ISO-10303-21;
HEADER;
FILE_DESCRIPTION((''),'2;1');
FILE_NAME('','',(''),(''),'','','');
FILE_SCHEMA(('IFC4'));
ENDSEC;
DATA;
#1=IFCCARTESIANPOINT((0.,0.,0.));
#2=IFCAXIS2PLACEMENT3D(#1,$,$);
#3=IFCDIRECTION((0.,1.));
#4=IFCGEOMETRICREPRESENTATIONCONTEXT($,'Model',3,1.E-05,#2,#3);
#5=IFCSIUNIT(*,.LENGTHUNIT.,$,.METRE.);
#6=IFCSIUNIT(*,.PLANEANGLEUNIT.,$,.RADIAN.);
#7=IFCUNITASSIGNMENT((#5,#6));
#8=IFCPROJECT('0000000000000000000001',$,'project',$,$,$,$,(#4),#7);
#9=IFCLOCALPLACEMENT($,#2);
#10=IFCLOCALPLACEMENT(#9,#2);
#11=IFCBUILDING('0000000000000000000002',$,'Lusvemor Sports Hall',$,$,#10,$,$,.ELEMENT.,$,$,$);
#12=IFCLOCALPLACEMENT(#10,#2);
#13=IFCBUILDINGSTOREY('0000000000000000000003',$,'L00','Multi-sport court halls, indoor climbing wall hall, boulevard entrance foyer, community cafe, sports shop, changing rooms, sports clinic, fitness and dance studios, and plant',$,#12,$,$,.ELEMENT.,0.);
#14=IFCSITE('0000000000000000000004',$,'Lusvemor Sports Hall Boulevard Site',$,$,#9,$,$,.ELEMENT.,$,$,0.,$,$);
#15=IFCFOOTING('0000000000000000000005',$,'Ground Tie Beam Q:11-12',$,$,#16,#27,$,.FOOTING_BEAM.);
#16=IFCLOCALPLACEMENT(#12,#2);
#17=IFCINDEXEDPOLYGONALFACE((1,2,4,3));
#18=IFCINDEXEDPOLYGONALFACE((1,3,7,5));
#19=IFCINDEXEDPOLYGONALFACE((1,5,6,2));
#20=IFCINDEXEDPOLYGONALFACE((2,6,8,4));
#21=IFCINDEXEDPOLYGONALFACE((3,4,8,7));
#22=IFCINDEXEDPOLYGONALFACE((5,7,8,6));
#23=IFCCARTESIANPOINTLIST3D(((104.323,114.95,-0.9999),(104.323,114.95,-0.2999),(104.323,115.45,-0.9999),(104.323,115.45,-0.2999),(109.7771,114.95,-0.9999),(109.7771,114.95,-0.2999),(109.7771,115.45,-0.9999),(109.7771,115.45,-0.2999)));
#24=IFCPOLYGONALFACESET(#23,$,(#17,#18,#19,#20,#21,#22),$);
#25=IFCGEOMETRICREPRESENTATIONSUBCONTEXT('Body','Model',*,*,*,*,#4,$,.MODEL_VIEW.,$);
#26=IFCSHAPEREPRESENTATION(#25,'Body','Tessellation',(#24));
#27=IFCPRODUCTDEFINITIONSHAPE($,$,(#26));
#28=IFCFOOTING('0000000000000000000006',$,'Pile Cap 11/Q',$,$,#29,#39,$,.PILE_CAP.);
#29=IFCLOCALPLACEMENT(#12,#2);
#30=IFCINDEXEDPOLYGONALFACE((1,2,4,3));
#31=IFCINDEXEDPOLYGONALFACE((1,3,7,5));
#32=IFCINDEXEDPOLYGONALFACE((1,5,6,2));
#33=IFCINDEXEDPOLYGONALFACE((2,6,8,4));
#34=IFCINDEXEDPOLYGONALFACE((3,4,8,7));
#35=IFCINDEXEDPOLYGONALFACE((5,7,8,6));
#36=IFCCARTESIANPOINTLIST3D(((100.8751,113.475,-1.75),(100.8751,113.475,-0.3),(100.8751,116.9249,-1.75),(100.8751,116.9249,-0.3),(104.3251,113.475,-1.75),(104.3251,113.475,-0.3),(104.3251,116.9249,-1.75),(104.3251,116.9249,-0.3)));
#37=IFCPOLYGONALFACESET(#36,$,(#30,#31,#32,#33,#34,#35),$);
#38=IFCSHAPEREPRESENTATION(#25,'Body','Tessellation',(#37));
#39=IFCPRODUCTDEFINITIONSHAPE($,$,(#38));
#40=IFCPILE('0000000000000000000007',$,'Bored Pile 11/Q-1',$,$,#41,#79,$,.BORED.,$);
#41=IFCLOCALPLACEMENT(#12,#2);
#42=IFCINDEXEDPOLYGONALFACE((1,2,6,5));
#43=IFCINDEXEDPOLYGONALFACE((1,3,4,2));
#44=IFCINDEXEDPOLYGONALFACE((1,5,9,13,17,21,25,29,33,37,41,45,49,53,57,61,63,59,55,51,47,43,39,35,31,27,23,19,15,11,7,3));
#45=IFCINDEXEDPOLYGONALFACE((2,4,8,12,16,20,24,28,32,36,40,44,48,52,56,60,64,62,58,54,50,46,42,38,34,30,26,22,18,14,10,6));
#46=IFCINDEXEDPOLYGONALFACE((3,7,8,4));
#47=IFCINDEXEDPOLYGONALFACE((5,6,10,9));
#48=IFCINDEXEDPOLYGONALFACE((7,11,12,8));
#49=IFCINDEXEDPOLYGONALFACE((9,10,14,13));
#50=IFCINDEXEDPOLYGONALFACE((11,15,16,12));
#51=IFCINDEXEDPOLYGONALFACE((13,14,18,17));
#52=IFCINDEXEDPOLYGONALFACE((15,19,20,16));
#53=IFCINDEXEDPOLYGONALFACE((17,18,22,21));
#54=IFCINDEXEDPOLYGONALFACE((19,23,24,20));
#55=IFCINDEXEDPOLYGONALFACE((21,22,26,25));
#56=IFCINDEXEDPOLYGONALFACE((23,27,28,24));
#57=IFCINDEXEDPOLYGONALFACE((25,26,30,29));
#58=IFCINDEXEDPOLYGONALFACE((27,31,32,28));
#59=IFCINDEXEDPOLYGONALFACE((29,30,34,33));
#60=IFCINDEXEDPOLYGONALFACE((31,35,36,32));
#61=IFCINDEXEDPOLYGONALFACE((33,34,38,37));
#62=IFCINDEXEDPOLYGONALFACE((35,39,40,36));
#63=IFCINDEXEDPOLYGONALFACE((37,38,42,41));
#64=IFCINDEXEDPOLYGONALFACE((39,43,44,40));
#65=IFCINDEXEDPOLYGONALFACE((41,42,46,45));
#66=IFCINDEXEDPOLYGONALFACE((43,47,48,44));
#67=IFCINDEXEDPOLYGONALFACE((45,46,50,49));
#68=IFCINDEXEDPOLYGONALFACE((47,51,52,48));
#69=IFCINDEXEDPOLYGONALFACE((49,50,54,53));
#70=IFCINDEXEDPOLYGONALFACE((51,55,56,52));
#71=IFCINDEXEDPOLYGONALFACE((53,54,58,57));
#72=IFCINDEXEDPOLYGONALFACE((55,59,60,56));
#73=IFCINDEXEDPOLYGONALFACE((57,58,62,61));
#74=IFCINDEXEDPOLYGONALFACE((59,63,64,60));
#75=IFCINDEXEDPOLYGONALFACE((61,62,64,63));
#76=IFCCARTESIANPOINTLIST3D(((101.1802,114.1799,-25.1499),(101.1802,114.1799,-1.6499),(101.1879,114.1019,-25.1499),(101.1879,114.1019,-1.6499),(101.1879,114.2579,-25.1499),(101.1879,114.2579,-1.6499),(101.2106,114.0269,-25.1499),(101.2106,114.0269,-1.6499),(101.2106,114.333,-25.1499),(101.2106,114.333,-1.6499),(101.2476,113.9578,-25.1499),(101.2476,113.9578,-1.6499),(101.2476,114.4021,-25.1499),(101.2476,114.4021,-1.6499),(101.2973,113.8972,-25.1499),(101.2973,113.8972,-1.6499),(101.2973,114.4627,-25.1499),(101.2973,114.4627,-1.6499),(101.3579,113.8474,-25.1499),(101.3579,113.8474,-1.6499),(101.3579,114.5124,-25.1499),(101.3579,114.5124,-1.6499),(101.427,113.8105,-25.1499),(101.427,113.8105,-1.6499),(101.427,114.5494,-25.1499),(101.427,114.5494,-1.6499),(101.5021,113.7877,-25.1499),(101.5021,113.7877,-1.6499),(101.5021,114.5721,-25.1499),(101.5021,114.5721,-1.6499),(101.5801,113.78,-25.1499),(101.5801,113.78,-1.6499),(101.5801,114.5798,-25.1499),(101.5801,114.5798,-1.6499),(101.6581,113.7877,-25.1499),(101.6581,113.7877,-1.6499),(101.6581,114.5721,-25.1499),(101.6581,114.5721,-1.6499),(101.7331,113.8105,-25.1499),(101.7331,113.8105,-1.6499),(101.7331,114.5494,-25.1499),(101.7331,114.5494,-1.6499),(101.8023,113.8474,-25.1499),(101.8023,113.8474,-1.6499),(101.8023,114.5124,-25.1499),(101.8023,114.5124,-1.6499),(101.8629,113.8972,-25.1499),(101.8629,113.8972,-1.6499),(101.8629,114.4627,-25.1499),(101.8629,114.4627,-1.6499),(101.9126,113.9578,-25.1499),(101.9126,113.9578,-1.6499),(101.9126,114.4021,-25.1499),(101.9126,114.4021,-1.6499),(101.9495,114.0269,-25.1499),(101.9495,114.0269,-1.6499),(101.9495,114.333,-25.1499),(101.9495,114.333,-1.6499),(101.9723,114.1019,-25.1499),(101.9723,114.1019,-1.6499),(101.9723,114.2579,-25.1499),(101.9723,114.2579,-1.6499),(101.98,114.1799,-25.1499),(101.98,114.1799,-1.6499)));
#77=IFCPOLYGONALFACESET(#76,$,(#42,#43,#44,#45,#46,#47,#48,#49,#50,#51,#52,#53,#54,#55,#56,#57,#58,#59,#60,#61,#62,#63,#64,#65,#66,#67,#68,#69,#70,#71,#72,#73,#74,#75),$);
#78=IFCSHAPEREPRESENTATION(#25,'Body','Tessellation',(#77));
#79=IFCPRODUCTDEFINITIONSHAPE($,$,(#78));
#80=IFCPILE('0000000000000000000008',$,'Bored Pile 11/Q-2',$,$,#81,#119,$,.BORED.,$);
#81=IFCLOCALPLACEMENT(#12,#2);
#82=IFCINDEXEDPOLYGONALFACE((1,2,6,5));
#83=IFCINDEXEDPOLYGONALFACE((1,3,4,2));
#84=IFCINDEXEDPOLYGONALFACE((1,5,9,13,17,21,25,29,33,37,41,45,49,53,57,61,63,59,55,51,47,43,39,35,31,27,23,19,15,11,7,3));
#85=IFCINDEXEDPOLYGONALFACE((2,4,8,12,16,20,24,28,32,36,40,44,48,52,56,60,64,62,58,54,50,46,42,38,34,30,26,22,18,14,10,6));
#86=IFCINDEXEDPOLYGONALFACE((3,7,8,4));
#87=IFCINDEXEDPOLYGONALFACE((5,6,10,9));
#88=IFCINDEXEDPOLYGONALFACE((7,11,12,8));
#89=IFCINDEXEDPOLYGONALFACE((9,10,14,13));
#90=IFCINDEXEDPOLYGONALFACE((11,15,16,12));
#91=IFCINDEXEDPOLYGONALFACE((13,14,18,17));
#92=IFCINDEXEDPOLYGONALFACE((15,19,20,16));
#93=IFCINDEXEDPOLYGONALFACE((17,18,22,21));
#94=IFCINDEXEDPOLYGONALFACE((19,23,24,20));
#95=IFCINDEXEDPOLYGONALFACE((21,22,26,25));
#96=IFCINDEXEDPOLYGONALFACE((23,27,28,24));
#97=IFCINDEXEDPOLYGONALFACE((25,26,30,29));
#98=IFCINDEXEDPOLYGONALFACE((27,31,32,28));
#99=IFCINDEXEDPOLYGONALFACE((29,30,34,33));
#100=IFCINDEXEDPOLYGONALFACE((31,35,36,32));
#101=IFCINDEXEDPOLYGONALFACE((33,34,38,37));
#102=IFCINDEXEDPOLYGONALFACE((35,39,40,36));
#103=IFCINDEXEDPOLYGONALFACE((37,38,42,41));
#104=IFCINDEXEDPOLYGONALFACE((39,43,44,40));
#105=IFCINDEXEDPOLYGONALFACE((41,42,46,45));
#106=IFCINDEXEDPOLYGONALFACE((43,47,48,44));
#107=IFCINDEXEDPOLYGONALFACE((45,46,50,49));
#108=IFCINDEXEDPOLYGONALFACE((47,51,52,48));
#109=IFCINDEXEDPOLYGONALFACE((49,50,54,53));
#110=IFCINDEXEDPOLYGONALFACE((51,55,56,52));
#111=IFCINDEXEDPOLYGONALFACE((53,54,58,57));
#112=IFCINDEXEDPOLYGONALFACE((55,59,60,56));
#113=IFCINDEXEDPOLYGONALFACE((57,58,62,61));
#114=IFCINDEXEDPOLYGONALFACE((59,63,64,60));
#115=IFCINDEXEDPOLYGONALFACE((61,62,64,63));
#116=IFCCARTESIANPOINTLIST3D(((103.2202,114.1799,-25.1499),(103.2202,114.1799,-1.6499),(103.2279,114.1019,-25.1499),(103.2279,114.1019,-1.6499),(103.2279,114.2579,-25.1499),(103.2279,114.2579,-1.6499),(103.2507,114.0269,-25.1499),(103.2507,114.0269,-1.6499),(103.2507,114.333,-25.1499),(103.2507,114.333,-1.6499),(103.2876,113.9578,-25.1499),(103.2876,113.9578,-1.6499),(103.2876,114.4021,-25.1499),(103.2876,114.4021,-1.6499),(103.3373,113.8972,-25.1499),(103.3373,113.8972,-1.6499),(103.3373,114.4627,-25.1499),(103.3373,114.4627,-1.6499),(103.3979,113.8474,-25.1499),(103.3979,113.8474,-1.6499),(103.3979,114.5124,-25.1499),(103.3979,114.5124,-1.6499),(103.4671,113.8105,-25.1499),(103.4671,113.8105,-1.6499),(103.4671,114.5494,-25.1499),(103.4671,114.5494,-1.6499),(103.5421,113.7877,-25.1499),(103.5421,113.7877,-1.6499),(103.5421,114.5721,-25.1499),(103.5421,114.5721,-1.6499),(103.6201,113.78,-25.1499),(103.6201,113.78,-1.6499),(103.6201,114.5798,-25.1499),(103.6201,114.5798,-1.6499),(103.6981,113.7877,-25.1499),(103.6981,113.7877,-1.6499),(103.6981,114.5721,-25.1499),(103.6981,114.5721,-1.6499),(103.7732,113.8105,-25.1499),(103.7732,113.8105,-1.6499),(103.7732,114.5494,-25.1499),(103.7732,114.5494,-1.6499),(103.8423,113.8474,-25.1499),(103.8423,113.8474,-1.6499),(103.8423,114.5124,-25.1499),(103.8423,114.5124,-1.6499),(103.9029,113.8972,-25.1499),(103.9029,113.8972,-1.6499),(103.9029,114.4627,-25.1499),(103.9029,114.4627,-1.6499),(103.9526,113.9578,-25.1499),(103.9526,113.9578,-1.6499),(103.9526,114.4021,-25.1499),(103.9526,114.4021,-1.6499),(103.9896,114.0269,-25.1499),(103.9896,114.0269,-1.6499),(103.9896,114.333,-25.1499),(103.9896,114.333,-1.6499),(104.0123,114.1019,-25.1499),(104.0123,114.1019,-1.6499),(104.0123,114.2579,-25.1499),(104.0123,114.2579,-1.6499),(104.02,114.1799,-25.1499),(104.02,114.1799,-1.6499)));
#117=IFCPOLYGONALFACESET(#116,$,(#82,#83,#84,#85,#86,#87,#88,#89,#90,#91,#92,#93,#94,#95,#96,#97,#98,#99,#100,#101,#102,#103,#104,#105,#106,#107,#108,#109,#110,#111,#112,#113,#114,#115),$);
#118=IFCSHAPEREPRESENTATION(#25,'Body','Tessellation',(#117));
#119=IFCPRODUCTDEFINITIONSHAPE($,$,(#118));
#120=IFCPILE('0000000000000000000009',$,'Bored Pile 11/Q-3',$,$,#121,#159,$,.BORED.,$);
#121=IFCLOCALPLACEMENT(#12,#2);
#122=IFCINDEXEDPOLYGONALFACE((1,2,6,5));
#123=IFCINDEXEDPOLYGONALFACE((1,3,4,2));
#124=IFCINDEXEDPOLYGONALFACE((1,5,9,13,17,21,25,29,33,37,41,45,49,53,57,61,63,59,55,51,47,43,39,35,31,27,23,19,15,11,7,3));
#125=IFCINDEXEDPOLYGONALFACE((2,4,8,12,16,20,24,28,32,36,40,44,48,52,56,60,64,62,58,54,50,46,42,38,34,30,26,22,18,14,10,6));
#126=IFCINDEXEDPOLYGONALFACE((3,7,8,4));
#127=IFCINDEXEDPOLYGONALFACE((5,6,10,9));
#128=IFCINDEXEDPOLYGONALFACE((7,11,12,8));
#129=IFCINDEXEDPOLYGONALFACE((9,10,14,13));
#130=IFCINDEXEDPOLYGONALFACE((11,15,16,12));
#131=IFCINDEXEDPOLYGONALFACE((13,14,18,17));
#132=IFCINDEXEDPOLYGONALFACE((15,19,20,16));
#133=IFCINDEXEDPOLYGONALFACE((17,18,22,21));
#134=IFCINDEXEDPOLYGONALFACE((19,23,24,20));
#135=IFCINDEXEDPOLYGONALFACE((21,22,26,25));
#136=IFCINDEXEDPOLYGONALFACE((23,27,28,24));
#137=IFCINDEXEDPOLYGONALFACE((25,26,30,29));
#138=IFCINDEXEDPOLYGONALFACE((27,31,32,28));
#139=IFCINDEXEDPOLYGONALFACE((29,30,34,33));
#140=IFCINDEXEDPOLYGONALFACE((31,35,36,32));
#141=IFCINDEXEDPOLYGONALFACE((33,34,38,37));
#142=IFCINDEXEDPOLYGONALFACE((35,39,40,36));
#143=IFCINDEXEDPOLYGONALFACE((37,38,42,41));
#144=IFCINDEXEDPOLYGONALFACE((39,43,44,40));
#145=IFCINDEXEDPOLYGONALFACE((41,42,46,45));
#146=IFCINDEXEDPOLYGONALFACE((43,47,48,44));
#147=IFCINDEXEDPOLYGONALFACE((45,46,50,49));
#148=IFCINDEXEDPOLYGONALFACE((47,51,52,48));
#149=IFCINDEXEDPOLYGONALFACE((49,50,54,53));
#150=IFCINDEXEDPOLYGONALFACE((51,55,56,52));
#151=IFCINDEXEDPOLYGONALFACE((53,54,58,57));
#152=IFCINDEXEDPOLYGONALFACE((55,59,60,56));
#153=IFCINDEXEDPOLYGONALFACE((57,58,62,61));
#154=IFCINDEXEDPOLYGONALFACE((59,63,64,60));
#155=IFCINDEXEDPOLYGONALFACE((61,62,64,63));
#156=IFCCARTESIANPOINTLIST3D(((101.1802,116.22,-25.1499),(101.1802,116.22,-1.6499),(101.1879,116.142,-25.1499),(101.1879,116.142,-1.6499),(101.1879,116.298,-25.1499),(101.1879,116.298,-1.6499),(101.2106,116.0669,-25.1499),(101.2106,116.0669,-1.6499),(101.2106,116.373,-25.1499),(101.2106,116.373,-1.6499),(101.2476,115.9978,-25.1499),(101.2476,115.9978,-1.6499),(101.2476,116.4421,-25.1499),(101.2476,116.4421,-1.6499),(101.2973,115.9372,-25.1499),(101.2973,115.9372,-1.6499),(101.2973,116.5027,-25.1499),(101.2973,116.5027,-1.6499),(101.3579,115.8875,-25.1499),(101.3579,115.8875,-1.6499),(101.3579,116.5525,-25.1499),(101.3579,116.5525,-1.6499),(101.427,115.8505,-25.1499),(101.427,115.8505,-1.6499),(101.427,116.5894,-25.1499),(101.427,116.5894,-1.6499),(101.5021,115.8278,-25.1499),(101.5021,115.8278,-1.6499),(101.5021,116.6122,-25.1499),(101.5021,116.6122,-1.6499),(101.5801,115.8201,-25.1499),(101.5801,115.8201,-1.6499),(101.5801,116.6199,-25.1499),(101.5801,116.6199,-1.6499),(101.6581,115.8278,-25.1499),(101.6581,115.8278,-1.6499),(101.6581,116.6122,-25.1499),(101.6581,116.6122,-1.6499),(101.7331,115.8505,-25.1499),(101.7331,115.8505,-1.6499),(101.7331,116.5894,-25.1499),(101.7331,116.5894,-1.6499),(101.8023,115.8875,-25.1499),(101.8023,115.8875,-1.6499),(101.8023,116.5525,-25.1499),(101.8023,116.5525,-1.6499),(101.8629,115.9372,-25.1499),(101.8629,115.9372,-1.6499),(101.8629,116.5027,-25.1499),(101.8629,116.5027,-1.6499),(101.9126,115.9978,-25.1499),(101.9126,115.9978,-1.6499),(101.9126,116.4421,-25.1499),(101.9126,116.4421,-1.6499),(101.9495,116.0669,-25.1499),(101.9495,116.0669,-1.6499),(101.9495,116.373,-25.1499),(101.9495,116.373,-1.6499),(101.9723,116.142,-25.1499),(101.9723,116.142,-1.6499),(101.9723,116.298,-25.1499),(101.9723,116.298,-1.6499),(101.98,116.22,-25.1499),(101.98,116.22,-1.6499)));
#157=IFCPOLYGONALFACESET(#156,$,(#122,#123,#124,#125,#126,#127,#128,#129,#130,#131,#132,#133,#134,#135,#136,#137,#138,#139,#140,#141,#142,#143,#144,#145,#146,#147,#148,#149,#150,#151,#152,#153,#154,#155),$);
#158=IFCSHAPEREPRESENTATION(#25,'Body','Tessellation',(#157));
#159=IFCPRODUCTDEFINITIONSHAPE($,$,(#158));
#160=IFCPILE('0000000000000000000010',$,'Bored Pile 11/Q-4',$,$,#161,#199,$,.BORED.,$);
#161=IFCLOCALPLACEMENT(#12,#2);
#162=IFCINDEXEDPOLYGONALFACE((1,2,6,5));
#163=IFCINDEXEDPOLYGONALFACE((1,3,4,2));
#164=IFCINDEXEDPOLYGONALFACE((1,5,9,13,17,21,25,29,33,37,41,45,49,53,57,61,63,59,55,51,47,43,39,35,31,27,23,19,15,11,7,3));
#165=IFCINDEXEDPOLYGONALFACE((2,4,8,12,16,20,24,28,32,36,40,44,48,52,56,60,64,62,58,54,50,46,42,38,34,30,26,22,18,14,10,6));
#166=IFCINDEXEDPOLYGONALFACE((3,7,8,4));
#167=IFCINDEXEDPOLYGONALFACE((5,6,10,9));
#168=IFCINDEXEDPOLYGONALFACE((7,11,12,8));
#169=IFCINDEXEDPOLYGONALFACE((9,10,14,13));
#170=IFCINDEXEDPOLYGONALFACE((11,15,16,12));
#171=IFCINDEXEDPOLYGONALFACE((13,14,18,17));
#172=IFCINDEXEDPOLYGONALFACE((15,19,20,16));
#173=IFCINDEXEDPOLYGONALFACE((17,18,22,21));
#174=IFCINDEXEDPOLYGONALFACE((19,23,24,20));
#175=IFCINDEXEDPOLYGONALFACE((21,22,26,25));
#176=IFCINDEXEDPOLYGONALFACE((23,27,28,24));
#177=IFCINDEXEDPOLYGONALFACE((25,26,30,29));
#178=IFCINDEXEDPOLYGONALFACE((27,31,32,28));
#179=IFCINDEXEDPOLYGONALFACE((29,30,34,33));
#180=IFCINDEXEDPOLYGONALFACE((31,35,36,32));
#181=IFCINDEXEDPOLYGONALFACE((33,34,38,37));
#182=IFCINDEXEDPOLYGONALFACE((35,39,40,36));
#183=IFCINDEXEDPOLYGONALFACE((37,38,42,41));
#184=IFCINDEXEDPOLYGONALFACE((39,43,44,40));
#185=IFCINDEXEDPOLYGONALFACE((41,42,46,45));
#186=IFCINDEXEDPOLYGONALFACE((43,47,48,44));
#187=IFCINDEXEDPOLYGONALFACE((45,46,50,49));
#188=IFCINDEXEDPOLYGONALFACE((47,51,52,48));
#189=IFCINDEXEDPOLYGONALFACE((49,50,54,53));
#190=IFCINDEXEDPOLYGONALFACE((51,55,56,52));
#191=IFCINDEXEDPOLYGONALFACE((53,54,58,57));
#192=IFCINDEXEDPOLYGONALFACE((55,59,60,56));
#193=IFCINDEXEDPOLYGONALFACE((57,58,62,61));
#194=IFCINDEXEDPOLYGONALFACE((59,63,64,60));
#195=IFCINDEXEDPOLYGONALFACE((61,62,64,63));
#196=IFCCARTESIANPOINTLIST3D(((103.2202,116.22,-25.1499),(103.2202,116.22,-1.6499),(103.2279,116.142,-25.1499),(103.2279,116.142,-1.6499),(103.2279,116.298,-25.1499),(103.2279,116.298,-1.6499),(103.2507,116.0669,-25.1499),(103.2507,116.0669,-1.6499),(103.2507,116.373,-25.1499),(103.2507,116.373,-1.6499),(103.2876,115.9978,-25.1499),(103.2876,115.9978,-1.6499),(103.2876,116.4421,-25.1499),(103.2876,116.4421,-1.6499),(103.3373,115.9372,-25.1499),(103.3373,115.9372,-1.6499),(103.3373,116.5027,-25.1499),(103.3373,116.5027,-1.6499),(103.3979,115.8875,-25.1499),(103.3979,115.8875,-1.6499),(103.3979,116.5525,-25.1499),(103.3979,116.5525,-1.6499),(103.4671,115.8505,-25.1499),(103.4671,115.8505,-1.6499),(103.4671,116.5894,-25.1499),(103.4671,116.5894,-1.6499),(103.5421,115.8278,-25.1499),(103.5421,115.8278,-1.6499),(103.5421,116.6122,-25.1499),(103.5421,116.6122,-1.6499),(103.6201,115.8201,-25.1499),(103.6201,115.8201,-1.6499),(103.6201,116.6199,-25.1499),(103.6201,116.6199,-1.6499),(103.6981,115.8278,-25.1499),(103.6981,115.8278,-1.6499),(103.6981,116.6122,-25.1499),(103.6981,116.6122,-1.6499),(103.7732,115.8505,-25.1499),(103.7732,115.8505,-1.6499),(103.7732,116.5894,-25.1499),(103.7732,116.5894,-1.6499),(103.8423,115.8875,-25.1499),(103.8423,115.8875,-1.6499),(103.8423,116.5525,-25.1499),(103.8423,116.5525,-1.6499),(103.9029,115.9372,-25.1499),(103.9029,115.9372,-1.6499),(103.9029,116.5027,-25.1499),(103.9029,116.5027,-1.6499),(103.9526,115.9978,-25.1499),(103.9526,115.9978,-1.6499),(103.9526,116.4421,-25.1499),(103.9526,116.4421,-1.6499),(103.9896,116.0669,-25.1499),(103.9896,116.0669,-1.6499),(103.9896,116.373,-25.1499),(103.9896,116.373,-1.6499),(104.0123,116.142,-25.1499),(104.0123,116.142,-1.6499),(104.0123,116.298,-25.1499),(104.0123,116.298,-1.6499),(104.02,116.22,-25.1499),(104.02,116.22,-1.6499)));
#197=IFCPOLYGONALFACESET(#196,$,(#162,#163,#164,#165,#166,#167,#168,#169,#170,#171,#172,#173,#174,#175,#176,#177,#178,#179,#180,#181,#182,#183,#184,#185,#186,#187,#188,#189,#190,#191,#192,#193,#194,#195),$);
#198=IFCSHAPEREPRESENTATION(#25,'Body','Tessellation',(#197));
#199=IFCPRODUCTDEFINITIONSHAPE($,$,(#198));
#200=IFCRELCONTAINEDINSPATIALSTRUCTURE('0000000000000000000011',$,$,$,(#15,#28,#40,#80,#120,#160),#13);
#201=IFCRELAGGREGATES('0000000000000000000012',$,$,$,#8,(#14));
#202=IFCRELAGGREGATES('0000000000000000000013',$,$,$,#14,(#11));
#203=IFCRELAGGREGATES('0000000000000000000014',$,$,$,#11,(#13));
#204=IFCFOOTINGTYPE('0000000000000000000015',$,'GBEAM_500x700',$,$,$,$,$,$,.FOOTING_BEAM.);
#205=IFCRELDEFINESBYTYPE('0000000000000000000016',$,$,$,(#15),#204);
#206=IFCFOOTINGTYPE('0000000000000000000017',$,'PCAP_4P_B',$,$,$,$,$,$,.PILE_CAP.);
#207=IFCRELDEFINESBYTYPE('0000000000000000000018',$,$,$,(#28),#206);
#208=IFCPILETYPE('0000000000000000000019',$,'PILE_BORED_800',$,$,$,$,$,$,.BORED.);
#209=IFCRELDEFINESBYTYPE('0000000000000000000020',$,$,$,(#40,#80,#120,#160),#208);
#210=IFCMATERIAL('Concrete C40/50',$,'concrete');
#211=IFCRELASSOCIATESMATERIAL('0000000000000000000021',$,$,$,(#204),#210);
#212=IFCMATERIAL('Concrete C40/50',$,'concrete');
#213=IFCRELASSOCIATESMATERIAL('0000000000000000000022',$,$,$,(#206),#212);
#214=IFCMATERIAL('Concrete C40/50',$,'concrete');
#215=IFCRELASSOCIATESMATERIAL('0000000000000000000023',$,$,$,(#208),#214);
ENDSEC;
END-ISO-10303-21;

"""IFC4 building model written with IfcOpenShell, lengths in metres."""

from ifc_helpers import new_model, si_unit, direction, frame, origin, origin_2d, place, context, subcontext, project, spatial, rectangle, circle, extrude, material, material_profile, profile_set, type_object, element, save


model = new_model("IFC4")

# Units and contexts
model_context = context("Model", 3, precision=1e-05, world=origin(), true_north=direction((0.0, 1.0)))
body_context = subcontext(model_context, "Body", "Model", "MODEL_VIEW")
ifc_project = project(units=[si_unit("LENGTHUNIT", "METRE"), si_unit("PLANEANGLEUNIT", "RADIAN")], contexts=[model_context])

# Site, building, storey
site_placement = place(None, origin())
site = spatial("IfcSite", under=ifc_project, at=site_placement, Name="Lusvemor Sports Hall Boulevard Site", CompositionType="ELEMENT", RefElevation=0.0)
building_placement = place(site_placement, origin())
building = spatial("IfcBuilding", under=site, at=building_placement, Name="Lusvemor Sports Hall", CompositionType="ELEMENT")
storey_placement = place(building_placement, origin())
storey = spatial("IfcBuildingStorey", under=building, at=storey_placement, Name="L00", Description="Multi-sport court halls, indoor climbing wall hall, boulevard entrance foyer, community cafe, sports shop, changing rooms, sports clinic, fitness and dance studios, and plant", CompositionType="ELEMENT", Elevation=0.0)

# Footings
ifc_material_1 = material(Name="Concrete C40/50", Category="concrete")
ifc_material_profile_1 = material_profile(ifc_material_1, rectangle(XDim=0.5, YDim=0.7, at=origin_2d()), Name="GB_500x700")
ifc_profile_set_1 = profile_set([ifc_material_profile_1], Name="Concrete C40/50")
footing_type_1 = type_object("IfcFootingType", Name="GBEAM_500x700", PredefinedType="FOOTING_BEAM", material=ifc_profile_set_1)
footing_1_placement = place(storey_placement, frame((104.323, 115.2, -0.6499), z_axis=(1.0, 0.0, 0.0), x_axis=(0.0, 1.0, 0.0)))
element("IfcFooting", 1, at=footing_1_placement, inside=storey, type_object=footing_type_1, Name="Ground Tie Beam Q:11-12", PredefinedType="FOOTING_BEAM", context=body_context, shape_type="SweptSolid", body=[
    extrude(rectangle(XDim=0.5, YDim=0.7, at=origin_2d()), origin(), (0.0, 0.0, 1.0), 5.4541),
])
ifc_material_2 = material(Name="Concrete C40/50", Category="concrete")
footing_type_2 = type_object("IfcFootingType", Name="PCAP_4P_B", PredefinedType="PILE_CAP", material=ifc_material_2)
footing_2_placement = place(storey_placement, frame((102.6001, 115.2, -1.75), z_axis=(0.0, 0.0, 1.0), x_axis=(1.0, 0.0, 0.0)))
element("IfcFooting", 2, at=footing_2_placement, inside=storey, type_object=footing_type_2, Name="Pile Cap 11/Q", PredefinedType="PILE_CAP", context=body_context, shape_type="SweptSolid", body=[
    extrude(rectangle(XDim=3.45, YDim=3.45, at=origin_2d()), origin(), (0.0, 0.0, 1.0), 1.45),
])

# Piles
ifc_material_3 = material(Name="Concrete C40/50", Category="concrete")
ifc_material_profile_2 = material_profile(ifc_material_3, circle(Radius=0.3999, at=origin_2d()), Name="PILE800")
ifc_profile_set_2 = profile_set([ifc_material_profile_2], Name="Concrete C40/50")
pile_type = type_object("IfcPileType", Name="PILE_BORED_800", PredefinedType="BORED", material=ifc_profile_set_2)
for number, where, z_axis, x_axis, name in (
    (3, (101.5801, 114.1799, -1.6499), (0.0, 0.0, -1.0), (1.0, 0.0, 0.0), "Bored Pile 11/Q-1"),
    (4, (103.6201, 114.1799, -1.6499), (0.0, 0.0, -1.0), (1.0, 0.0, 0.0), "Bored Pile 11/Q-2"),
    (5, (101.5801, 116.22, -1.6499), (0.0, 0.0, -1.0), (1.0, 0.0, 0.0), "Bored Pile 11/Q-3"),
    (6, (103.6201, 116.22, -1.6499), (0.0, 0.0, -1.0), (1.0, 0.0, 0.0), "Bored Pile 11/Q-4"),
):
    element("IfcPile", number, at=place(storey_placement, frame(where, z_axis=z_axis, x_axis=x_axis)), inside=storey, type_object=pile_type, Name=name, PredefinedType="BORED", context=body_context, shape_type="SweptSolid", body=[
        extrude(circle(Radius=0.3999, at=origin_2d()), origin(), (0.0, 0.0, 1.0), 23.5),
    ])

save(model, "model.ifc")
